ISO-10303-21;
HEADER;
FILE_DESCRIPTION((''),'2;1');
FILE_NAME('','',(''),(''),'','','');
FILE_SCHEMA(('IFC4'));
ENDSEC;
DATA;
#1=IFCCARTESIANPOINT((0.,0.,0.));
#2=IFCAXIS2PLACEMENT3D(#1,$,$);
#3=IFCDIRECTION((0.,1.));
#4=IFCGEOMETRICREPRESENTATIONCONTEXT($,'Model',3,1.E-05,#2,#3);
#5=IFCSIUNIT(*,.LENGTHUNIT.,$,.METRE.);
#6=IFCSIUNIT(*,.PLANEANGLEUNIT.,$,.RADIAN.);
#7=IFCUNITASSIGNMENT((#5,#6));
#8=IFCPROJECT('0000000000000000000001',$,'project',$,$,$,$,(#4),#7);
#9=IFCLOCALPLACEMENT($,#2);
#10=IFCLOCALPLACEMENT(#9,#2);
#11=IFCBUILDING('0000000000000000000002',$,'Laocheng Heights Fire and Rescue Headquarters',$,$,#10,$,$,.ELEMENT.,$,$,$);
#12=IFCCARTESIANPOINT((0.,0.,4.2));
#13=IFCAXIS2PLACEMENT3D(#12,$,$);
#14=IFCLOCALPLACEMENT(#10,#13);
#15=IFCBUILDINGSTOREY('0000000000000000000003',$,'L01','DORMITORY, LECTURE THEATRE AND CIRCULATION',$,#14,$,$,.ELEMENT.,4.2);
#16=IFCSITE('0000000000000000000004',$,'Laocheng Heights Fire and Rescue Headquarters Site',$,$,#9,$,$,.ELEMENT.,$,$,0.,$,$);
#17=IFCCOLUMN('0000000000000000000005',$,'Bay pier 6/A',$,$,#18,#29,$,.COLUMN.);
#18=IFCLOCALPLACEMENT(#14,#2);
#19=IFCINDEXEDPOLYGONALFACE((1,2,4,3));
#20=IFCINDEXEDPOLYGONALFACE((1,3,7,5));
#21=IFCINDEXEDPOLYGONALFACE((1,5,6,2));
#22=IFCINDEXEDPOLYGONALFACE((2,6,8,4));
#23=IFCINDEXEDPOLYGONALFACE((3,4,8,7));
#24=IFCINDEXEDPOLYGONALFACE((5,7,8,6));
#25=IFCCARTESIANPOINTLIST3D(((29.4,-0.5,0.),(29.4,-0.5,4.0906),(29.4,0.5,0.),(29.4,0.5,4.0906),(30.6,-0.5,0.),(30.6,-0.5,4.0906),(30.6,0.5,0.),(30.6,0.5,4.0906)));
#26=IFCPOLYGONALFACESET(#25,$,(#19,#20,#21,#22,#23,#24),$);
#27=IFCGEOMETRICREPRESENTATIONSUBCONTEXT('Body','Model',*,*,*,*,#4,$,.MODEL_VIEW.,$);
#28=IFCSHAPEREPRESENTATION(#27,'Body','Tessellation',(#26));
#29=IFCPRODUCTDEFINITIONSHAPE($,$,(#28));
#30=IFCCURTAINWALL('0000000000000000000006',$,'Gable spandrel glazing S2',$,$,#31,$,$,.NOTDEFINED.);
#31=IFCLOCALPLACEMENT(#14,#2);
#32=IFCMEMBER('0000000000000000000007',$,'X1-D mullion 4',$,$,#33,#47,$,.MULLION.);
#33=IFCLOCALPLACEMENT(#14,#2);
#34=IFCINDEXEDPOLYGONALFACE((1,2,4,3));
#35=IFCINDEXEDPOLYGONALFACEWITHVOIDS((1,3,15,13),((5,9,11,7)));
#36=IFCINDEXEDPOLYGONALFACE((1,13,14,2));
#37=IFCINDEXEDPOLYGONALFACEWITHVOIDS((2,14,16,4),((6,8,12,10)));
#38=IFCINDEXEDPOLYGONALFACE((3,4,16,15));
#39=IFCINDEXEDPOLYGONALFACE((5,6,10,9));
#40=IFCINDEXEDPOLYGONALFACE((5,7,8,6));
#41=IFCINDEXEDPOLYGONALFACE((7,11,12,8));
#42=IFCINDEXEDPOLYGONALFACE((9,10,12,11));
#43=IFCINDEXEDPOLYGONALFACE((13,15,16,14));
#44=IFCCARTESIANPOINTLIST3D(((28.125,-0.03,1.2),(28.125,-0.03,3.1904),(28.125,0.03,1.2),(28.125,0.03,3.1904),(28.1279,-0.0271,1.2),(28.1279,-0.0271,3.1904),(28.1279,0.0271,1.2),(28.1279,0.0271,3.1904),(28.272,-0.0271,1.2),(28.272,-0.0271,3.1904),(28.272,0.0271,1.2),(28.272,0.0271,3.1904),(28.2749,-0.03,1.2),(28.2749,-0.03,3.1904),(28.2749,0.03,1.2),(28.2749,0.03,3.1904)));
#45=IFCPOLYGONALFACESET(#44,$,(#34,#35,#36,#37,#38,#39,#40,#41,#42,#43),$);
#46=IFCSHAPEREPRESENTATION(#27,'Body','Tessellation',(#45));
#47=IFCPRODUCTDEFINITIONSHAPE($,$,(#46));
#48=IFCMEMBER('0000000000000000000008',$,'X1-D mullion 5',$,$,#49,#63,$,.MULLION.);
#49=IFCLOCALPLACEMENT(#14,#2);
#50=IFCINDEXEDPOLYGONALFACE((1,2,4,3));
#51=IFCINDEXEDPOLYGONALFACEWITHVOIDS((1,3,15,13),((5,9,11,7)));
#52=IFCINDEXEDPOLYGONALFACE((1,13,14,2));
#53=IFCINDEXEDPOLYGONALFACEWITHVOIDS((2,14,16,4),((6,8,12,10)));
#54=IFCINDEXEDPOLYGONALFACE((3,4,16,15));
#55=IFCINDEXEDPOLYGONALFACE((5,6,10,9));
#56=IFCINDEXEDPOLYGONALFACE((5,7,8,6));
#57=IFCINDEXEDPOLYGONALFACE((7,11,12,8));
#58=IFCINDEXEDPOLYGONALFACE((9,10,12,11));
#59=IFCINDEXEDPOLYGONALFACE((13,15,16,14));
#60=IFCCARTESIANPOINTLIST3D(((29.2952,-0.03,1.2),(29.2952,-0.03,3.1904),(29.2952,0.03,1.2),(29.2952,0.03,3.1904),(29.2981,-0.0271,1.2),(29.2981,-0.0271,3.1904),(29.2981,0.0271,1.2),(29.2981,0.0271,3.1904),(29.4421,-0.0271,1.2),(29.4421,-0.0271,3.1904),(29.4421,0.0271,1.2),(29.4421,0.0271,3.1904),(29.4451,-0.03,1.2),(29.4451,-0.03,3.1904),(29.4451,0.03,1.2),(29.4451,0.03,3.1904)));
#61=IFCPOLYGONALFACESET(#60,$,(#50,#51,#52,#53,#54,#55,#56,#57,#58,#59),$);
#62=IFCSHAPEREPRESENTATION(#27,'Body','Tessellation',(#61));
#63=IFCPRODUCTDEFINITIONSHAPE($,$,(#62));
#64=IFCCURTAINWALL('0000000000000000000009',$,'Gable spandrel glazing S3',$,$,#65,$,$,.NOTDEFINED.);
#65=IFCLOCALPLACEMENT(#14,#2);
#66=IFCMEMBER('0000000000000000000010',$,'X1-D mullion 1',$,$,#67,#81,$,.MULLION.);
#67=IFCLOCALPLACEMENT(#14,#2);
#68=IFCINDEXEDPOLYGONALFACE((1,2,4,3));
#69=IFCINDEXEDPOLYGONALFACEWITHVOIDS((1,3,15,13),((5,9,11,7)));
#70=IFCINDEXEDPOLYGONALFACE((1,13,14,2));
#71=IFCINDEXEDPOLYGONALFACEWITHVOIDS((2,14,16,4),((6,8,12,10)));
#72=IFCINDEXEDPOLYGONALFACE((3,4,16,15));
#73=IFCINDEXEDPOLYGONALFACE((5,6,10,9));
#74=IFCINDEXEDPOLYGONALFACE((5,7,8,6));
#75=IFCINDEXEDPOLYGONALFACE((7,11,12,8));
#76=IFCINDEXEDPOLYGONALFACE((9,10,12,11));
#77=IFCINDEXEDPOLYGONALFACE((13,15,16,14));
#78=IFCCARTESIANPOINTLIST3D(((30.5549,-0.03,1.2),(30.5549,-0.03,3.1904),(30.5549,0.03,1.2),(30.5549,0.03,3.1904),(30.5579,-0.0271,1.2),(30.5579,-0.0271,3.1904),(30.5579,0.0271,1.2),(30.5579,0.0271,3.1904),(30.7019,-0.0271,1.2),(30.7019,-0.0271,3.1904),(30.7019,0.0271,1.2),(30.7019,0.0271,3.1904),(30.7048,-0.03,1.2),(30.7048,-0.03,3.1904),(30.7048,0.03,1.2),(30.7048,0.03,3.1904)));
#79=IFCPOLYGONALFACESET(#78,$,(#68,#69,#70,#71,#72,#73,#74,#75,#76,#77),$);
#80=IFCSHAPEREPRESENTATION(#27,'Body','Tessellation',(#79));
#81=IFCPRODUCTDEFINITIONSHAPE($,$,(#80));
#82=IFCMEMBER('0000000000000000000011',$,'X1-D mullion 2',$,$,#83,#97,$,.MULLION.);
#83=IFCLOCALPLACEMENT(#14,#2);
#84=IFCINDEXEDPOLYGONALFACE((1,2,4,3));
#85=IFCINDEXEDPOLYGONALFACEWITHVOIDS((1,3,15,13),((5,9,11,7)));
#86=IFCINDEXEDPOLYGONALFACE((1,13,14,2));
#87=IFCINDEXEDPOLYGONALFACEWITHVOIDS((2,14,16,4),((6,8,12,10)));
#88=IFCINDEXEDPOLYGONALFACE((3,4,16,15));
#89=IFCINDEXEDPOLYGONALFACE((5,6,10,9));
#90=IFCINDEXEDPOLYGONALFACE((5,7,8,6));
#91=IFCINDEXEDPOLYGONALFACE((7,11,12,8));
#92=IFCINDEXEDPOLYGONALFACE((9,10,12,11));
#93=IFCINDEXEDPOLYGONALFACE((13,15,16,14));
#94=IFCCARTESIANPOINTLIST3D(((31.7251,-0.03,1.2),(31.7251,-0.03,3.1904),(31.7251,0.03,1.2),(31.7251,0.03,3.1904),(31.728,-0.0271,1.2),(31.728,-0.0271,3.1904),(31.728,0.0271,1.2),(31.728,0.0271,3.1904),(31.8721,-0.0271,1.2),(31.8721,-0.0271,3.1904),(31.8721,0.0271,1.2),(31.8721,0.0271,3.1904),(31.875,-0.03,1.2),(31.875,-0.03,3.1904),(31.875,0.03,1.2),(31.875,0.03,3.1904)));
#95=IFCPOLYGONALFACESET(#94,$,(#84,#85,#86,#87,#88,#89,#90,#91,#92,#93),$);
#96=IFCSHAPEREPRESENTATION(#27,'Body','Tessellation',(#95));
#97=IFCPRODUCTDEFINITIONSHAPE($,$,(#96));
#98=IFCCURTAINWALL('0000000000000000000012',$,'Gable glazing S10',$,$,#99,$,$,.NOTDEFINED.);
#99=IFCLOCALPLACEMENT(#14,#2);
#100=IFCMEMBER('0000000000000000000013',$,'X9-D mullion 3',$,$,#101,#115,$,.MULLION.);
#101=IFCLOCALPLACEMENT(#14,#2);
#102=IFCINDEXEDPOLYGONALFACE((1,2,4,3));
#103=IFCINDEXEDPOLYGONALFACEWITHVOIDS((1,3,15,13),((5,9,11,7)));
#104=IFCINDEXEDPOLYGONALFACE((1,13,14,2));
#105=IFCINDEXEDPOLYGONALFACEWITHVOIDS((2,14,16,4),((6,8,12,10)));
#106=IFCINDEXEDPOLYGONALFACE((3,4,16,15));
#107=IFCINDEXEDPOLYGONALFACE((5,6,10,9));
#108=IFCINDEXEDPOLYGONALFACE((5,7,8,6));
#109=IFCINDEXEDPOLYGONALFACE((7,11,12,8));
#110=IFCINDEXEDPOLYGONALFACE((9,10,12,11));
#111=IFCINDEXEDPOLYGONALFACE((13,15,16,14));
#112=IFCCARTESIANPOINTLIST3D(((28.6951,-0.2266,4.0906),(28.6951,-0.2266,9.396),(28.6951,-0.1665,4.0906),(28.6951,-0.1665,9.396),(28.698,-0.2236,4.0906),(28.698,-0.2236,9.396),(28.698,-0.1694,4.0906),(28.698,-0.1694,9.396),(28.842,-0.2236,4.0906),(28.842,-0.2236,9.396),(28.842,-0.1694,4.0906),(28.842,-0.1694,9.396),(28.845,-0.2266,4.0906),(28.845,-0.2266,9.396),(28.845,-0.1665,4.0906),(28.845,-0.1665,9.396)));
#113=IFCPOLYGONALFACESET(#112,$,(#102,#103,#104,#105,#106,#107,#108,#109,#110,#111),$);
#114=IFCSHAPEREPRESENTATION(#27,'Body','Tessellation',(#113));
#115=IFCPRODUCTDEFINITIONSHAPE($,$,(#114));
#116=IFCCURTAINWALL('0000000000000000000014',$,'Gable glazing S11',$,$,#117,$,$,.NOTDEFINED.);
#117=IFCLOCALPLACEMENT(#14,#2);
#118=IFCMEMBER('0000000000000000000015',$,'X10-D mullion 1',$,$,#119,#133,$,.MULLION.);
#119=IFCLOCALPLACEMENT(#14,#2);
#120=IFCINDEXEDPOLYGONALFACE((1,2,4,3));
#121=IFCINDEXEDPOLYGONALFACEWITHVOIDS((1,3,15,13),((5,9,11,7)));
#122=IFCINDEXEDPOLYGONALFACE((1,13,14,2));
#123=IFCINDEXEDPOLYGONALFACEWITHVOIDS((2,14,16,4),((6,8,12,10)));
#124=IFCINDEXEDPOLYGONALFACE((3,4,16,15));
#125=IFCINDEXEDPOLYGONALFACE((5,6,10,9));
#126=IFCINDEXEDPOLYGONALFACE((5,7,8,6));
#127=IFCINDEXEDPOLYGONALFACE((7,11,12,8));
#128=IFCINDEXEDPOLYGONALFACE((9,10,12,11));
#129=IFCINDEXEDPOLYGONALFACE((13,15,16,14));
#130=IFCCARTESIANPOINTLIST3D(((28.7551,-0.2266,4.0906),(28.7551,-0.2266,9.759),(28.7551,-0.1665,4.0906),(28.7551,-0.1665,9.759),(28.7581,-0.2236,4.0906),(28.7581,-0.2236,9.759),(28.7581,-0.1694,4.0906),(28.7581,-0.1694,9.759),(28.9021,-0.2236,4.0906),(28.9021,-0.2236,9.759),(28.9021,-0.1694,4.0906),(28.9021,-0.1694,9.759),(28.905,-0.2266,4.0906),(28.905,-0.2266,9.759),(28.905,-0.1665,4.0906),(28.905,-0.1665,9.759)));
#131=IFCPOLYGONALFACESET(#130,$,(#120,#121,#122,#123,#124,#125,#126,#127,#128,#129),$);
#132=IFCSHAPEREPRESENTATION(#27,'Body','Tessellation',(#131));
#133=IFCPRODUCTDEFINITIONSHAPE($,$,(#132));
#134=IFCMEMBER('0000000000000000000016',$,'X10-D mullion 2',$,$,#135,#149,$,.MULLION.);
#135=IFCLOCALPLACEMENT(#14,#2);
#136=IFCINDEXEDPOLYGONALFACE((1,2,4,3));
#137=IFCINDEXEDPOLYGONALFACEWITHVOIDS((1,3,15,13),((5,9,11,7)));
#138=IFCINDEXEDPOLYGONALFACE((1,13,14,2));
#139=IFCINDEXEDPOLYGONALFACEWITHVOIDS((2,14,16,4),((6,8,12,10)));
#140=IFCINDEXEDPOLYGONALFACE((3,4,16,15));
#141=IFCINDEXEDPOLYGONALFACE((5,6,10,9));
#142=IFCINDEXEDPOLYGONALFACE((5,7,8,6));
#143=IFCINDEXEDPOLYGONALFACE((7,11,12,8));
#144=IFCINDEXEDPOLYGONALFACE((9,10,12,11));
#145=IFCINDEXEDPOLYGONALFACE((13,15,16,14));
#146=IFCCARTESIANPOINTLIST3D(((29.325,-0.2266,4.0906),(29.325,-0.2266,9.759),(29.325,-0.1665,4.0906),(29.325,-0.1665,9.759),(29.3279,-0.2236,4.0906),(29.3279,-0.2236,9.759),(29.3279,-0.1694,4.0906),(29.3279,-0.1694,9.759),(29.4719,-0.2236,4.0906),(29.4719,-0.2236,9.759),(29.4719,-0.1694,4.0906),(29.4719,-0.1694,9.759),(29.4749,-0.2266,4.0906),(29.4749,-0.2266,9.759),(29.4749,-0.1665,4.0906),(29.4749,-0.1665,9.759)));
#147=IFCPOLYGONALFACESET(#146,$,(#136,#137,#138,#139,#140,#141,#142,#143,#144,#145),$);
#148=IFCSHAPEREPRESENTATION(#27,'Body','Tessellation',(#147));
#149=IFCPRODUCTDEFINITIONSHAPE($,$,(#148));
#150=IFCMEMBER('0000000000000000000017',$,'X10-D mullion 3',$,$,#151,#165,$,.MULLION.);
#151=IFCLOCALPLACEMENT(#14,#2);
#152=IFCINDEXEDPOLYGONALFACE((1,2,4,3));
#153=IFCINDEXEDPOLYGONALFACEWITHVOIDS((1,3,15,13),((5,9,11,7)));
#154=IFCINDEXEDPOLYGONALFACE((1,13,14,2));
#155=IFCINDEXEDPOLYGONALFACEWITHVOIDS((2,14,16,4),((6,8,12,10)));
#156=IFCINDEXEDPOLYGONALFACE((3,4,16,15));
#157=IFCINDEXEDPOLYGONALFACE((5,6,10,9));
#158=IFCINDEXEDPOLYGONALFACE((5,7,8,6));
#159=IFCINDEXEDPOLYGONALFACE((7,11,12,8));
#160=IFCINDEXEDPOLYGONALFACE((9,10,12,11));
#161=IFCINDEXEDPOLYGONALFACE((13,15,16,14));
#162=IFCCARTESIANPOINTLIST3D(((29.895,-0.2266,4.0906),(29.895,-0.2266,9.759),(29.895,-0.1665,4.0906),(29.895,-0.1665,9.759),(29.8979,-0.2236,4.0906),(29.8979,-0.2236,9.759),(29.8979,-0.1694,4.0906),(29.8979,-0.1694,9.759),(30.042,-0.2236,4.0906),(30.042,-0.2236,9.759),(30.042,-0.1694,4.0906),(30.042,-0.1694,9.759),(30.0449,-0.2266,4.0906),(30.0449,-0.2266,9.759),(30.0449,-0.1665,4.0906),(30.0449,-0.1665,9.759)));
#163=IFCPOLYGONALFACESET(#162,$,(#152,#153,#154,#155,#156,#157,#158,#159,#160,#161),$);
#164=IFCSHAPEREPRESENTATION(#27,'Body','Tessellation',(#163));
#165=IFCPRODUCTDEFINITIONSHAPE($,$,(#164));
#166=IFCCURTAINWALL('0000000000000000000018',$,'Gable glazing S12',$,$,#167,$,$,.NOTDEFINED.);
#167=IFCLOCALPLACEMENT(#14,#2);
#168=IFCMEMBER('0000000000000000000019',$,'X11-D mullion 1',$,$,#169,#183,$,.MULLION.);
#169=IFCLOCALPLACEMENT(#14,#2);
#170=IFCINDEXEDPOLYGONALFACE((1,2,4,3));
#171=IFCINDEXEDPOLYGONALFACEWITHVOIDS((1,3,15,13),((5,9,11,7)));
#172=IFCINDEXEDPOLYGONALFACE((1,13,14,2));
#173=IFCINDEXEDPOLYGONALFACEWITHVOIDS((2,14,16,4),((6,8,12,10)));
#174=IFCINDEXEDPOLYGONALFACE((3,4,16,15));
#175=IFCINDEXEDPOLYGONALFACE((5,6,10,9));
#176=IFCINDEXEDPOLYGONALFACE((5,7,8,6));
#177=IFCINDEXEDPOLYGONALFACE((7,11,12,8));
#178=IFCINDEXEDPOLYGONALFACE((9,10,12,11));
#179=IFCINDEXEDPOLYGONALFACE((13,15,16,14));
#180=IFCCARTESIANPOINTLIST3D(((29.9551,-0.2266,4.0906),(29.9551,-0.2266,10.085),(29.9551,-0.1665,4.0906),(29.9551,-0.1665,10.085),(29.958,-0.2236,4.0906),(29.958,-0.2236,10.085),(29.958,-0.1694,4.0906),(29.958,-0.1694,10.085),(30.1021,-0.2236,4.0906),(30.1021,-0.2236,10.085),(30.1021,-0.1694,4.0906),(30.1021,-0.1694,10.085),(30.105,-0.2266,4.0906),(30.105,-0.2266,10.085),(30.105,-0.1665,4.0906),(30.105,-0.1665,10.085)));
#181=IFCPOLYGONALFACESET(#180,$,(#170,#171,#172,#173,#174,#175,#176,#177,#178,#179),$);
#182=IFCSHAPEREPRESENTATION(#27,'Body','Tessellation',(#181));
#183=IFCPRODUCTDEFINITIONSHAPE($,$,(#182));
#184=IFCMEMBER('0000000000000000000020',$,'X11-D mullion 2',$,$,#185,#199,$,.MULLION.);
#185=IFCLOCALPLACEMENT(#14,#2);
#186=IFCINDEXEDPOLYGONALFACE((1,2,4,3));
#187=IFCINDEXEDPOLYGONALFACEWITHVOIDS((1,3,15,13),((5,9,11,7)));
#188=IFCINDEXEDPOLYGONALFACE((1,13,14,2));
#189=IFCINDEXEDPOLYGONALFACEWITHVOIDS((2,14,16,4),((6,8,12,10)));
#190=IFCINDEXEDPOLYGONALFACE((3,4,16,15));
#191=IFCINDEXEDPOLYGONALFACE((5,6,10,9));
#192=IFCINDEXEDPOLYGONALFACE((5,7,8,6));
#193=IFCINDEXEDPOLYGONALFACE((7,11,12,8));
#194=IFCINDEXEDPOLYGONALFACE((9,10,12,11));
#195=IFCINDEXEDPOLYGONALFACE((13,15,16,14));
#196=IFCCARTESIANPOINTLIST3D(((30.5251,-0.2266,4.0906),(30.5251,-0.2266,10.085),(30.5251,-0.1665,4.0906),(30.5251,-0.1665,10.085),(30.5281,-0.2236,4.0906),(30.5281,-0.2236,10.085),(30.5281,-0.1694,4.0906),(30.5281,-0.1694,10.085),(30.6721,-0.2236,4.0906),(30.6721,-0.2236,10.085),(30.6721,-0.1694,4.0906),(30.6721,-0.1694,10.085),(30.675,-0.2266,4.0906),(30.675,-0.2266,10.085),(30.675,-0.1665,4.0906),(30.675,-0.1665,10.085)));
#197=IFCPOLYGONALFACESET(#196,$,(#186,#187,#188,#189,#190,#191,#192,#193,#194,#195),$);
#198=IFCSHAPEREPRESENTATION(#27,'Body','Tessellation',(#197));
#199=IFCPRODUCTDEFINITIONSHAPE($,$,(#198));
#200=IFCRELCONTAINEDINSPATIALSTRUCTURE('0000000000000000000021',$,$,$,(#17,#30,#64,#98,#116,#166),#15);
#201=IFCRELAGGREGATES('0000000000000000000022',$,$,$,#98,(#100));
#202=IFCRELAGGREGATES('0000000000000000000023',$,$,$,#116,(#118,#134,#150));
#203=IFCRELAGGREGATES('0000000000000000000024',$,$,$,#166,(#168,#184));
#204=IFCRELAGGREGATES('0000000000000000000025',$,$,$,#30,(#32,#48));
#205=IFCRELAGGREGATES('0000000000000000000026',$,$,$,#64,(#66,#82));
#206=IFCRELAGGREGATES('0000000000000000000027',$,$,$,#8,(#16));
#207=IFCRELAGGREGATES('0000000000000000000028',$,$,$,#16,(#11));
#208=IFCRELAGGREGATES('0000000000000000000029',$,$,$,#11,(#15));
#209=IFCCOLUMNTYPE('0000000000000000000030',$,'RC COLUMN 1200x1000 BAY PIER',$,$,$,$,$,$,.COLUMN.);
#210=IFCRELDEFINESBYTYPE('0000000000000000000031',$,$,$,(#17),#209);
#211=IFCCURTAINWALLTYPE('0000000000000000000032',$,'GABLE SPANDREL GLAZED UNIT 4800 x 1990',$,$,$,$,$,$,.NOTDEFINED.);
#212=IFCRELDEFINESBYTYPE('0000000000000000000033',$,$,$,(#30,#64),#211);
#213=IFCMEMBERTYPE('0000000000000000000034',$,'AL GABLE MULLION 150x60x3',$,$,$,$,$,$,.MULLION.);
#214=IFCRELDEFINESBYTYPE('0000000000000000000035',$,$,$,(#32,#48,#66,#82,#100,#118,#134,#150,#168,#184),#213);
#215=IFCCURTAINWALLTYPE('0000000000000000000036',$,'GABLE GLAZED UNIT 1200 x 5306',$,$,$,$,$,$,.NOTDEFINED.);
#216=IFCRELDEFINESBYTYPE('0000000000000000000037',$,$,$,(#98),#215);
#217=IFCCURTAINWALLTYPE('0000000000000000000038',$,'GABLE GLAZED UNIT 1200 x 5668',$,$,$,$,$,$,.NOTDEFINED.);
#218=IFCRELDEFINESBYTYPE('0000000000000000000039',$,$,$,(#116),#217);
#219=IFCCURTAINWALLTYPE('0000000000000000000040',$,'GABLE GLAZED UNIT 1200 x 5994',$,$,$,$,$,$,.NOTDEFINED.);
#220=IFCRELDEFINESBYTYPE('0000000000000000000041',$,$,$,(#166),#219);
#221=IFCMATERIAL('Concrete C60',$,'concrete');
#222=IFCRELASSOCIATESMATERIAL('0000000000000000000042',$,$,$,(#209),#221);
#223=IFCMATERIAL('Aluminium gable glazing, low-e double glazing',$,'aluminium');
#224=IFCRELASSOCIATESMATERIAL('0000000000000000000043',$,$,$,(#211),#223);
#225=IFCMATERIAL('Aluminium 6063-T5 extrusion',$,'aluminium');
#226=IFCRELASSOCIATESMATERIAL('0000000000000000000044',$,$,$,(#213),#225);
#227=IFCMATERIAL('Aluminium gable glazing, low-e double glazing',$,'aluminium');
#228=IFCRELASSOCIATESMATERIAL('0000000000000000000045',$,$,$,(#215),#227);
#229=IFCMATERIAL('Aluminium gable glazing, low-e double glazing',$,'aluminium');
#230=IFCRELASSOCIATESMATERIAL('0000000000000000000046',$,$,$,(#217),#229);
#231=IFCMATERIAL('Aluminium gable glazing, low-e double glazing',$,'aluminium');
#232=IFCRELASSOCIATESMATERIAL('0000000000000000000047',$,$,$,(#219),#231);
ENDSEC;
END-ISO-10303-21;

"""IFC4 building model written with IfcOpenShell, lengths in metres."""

from ifc_helpers import new_model, si_unit, direction, frame, origin, origin_2d, place, context, subcontext, project, spatial, rectangle, hollow_rectangle, extrude, material, material_profile, profile_set, type_object, element, aggregate, save


model = new_model("IFC4")

# Units and contexts
model_context = context("Model", 3, precision=1e-05, world=origin(), true_north=direction((0.0, 1.0)))
body_context = subcontext(model_context, "Body", "Model", "MODEL_VIEW")
ifc_project = project(units=[si_unit("LENGTHUNIT", "METRE"), si_unit("PLANEANGLEUNIT", "RADIAN")], contexts=[model_context])

# Site, building, storey
site_placement = place(None, origin())
site = spatial("IfcSite", under=ifc_project, at=site_placement, Name="Laocheng Heights Fire and Rescue Headquarters Site", CompositionType="ELEMENT", RefElevation=0.0)
building_placement = place(site_placement, origin())
building = spatial("IfcBuilding", under=site, at=building_placement, Name="Laocheng Heights Fire and Rescue Headquarters", CompositionType="ELEMENT")
storey_placement = place(building_placement, frame((0.0, 0.0, 4.2)))
storey = spatial("IfcBuildingStorey", under=building, at=storey_placement, Name="L01", Description="DORMITORY, LECTURE THEATRE AND CIRCULATION", CompositionType="ELEMENT", Elevation=4.2)

# Column
ifc_material_1 = material(Name="Concrete C60", Category="concrete")
ifc_material_profile_1 = material_profile(ifc_material_1, rectangle(XDim=1.2, YDim=1.0, at=origin_2d()), Name="RC COLUMN 1200x1000 BAY PIER")
ifc_profile_set_1 = profile_set([ifc_material_profile_1], Name="Concrete C60")
column_type = type_object("IfcColumnType", Name="RC COLUMN 1200x1000 BAY PIER", PredefinedType="COLUMN", material=ifc_profile_set_1)
column_placement = place(storey_placement, frame((30.0, 0.0, 0.0), z_axis=(0.0, 0.0, 1.0), x_axis=(1.0, 0.0, 0.0)))
element("IfcColumn", 1, at=column_placement, inside=storey, type_object=column_type, Name="Bay pier 6/A", PredefinedType="COLUMN", context=body_context, shape_type="SweptSolid", body=[
    extrude(rectangle(XDim=1.2, YDim=1.0, at=origin_2d()), origin(), (0.0, 0.0, 1.0), 4.0906),
])

# Curtain walls, members
ifc_material_2 = material(Name="Aluminium gable glazing, low-e double glazing", Category="aluminium")
curtain_wall_type_1 = type_object("IfcCurtainWallType", Name="GABLE SPANDREL GLAZED UNIT 4800 x 1990", PredefinedType="NOTDEFINED", material=ifc_material_2)
curtain_wall_1_placement = place(storey_placement, origin())
curtain_wall_1 = element("IfcCurtainWall", 2, at=curtain_wall_1_placement, inside=storey, type_object=curtain_wall_type_1, Name="Gable spandrel glazing S2", PredefinedType="NOTDEFINED")
ifc_material_3 = material(Name="Aluminium 6063-T5 extrusion", Category="aluminium")
ifc_material_profile_2 = material_profile(ifc_material_3, hollow_rectangle(XDim=0.0601, YDim=0.1499, WallThickness=0.0029, at=origin_2d()), Name="AL MULLION 150x60x3")
ifc_profile_set_2 = profile_set([ifc_material_profile_2], Name="Aluminium 6063-T5 extrusion")
member_type_1 = type_object("IfcMemberType", Name="AL GABLE MULLION 150x60x3", PredefinedType="MULLION", material=ifc_profile_set_2)
member_1_placement = place(storey_placement, frame((28.2, 0.0, 1.2), z_axis=(0.0, 0.0, 1.0), x_axis=(0.0, 1.0, 0.0)))
member_1 = element("IfcMember", 3, at=member_1_placement, type_object=member_type_1, Name="X1-D mullion 4", PredefinedType="MULLION", context=body_context, shape_type="SweptSolid", body=[
    extrude(hollow_rectangle(XDim=0.0601, YDim=0.1499, WallThickness=0.0029, at=origin_2d()), origin(), (0.0, 0.0, 1.0), 1.9905),
])
member_2_placement = place(storey_placement, frame((29.3701, 0.0, 1.2), z_axis=(0.0, 0.0, 1.0), x_axis=(0.0, 1.0, 0.0)))
member_2 = element("IfcMember", 4, at=member_2_placement, type_object=member_type_1, Name="X1-D mullion 5", PredefinedType="MULLION", context=body_context, shape_type="SweptSolid", body=[
    extrude(hollow_rectangle(XDim=0.0601, YDim=0.1499, WallThickness=0.0029, at=origin_2d()), origin(), (0.0, 0.0, 1.0), 1.9905),
])
curtain_wall_2_placement = place(storey_placement, origin())
curtain_wall_2 = element("IfcCurtainWall", 5, at=curtain_wall_2_placement, inside=storey, type_object=curtain_wall_type_1, Name="Gable spandrel glazing S3", PredefinedType="NOTDEFINED")
member_3_placement = place(storey_placement, frame((30.6299, 0.0, 1.2), z_axis=(0.0, 0.0, 1.0), x_axis=(0.0, 1.0, 0.0)))
member_3 = element("IfcMember", 6, at=member_3_placement, type_object=member_type_1, Name="X1-D mullion 1", PredefinedType="MULLION", context=body_context, shape_type="SweptSolid", body=[
    extrude(hollow_rectangle(XDim=0.0601, YDim=0.1499, WallThickness=0.0029, at=origin_2d()), origin(), (0.0, 0.0, 1.0), 1.9905),
])
member_4_placement = place(storey_placement, frame((31.8, 0.0, 1.2), z_axis=(0.0, 0.0, 1.0), x_axis=(0.0, 1.0, 0.0)))
member_4 = element("IfcMember", 7, at=member_4_placement, type_object=member_type_1, Name="X1-D mullion 2", PredefinedType="MULLION", context=body_context, shape_type="SweptSolid", body=[
    extrude(hollow_rectangle(XDim=0.0601, YDim=0.1499, WallThickness=0.0029, at=origin_2d()), origin(), (0.0, 0.0, 1.0), 1.9905),
])

# Curtain wall, member
ifc_material_4 = material(Name="Aluminium gable glazing, low-e double glazing", Category="aluminium")
curtain_wall_type_2 = type_object("IfcCurtainWallType", Name="GABLE GLAZED UNIT 1200 x 5306", PredefinedType="NOTDEFINED", material=ifc_material_4)
curtain_wall_3_placement = place(storey_placement, origin())
curtain_wall_3 = element("IfcCurtainWall", 8, at=curtain_wall_3_placement, inside=storey, type_object=curtain_wall_type_2, Name="Gable glazing S10", PredefinedType="NOTDEFINED")
member_5_placement = place(storey_placement, frame((28.77, -0.1965, 4.0906), z_axis=(0.0, 0.0, 1.0), x_axis=(0.0, 1.0, 0.0)))
member_5 = element("IfcMember", 9, at=member_5_placement, type_object=member_type_1, Name="X9-D mullion 3", PredefinedType="MULLION", context=body_context, shape_type="SweptSolid", body=[
    extrude(hollow_rectangle(XDim=0.0601, YDim=0.1499, WallThickness=0.0029, at=origin_2d()), origin(), (0.0, 0.0, 1.0), 5.3054),
])
aggregate(curtain_wall_3, [member_5])

# Curtain walls, members
ifc_material_5 = material(Name="Aluminium gable glazing, low-e double glazing", Category="aluminium")
curtain_wall_type_3 = type_object("IfcCurtainWallType", Name="GABLE GLAZED UNIT 1200 x 5668", PredefinedType="NOTDEFINED", material=ifc_material_5)
curtain_wall_4_placement = place(storey_placement, origin())
curtain_wall_4 = element("IfcCurtainWall", 10, at=curtain_wall_4_placement, inside=storey, type_object=curtain_wall_type_3, Name="Gable glazing S11", PredefinedType="NOTDEFINED")
member_6_placement = place(storey_placement, frame((28.8301, -0.1965, 4.0906), z_axis=(0.0, 0.0, 1.0), x_axis=(0.0, 1.0, 0.0)))
member_6 = element("IfcMember", 11, at=member_6_placement, type_object=member_type_1, Name="X10-D mullion 1", PredefinedType="MULLION", context=body_context, shape_type="SweptSolid", body=[
    extrude(hollow_rectangle(XDim=0.0601, YDim=0.1499, WallThickness=0.0029, at=origin_2d()), origin(), (0.0, 0.0, 1.0), 5.6685),
])
member_7_placement = place(storey_placement, frame((29.3999, -0.1965, 4.0906), z_axis=(0.0, 0.0, 1.0), x_axis=(0.0, 1.0, 0.0)))
member_7 = element("IfcMember", 12, at=member_7_placement, type_object=member_type_1, Name="X10-D mullion 2", PredefinedType="MULLION", context=body_context, shape_type="SweptSolid", body=[
    extrude(hollow_rectangle(XDim=0.0601, YDim=0.1499, WallThickness=0.0029, at=origin_2d()), origin(), (0.0, 0.0, 1.0), 5.6685),
])
member_8_placement = place(storey_placement, frame((29.97, -0.1965, 4.0906), z_axis=(0.0, 0.0, 1.0), x_axis=(0.0, 1.0, 0.0)))
member_8 = element("IfcMember", 13, at=member_8_placement, type_object=member_type_1, Name="X10-D mullion 3", PredefinedType="MULLION", context=body_context, shape_type="SweptSolid", body=[
    extrude(hollow_rectangle(XDim=0.0601, YDim=0.1499, WallThickness=0.0029, at=origin_2d()), origin(), (0.0, 0.0, 1.0), 5.6685),
])
aggregate(curtain_wall_4, [member_6, member_7, member_8])
ifc_material_6 = material(Name="Aluminium gable glazing, low-e double glazing", Category="aluminium")
curtain_wall_type_4 = type_object("IfcCurtainWallType", Name="GABLE GLAZED UNIT 1200 x 5994", PredefinedType="NOTDEFINED", material=ifc_material_6)
curtain_wall_5_placement = place(storey_placement, origin())
curtain_wall_5 = element("IfcCurtainWall", 14, at=curtain_wall_5_placement, inside=storey, type_object=curtain_wall_type_4, Name="Gable glazing S12", PredefinedType="NOTDEFINED")
member_9_placement = place(storey_placement, frame((30.03, -0.1965, 4.0906), z_axis=(0.0, 0.0, 1.0), x_axis=(0.0, 1.0, 0.0)))
member_9 = element("IfcMember", 15, at=member_9_placement, type_object=member_type_1, Name="X11-D mullion 1", PredefinedType="MULLION", context=body_context, shape_type="SweptSolid", body=[
    extrude(hollow_rectangle(XDim=0.0601, YDim=0.1499, WallThickness=0.0029, at=origin_2d()), origin(), (0.0, 0.0, 1.0), 5.9944),
])
member_10_placement = place(storey_placement, frame((30.6001, -0.1965, 4.0906), z_axis=(0.0, 0.0, 1.0), x_axis=(0.0, 1.0, 0.0)))
member_10 = element("IfcMember", 16, at=member_10_placement, type_object=member_type_1, Name="X11-D mullion 2", PredefinedType="MULLION", context=body_context, shape_type="SweptSolid", body=[
    extrude(hollow_rectangle(XDim=0.0601, YDim=0.1499, WallThickness=0.0029, at=origin_2d()), origin(), (0.0, 0.0, 1.0), 5.9944),
])
aggregate(curtain_wall_5, [member_9, member_10])

aggregate(curtain_wall_1, [member_1, member_2])
aggregate(curtain_wall_2, [member_3, member_4])

save(model, "model.ifc")
